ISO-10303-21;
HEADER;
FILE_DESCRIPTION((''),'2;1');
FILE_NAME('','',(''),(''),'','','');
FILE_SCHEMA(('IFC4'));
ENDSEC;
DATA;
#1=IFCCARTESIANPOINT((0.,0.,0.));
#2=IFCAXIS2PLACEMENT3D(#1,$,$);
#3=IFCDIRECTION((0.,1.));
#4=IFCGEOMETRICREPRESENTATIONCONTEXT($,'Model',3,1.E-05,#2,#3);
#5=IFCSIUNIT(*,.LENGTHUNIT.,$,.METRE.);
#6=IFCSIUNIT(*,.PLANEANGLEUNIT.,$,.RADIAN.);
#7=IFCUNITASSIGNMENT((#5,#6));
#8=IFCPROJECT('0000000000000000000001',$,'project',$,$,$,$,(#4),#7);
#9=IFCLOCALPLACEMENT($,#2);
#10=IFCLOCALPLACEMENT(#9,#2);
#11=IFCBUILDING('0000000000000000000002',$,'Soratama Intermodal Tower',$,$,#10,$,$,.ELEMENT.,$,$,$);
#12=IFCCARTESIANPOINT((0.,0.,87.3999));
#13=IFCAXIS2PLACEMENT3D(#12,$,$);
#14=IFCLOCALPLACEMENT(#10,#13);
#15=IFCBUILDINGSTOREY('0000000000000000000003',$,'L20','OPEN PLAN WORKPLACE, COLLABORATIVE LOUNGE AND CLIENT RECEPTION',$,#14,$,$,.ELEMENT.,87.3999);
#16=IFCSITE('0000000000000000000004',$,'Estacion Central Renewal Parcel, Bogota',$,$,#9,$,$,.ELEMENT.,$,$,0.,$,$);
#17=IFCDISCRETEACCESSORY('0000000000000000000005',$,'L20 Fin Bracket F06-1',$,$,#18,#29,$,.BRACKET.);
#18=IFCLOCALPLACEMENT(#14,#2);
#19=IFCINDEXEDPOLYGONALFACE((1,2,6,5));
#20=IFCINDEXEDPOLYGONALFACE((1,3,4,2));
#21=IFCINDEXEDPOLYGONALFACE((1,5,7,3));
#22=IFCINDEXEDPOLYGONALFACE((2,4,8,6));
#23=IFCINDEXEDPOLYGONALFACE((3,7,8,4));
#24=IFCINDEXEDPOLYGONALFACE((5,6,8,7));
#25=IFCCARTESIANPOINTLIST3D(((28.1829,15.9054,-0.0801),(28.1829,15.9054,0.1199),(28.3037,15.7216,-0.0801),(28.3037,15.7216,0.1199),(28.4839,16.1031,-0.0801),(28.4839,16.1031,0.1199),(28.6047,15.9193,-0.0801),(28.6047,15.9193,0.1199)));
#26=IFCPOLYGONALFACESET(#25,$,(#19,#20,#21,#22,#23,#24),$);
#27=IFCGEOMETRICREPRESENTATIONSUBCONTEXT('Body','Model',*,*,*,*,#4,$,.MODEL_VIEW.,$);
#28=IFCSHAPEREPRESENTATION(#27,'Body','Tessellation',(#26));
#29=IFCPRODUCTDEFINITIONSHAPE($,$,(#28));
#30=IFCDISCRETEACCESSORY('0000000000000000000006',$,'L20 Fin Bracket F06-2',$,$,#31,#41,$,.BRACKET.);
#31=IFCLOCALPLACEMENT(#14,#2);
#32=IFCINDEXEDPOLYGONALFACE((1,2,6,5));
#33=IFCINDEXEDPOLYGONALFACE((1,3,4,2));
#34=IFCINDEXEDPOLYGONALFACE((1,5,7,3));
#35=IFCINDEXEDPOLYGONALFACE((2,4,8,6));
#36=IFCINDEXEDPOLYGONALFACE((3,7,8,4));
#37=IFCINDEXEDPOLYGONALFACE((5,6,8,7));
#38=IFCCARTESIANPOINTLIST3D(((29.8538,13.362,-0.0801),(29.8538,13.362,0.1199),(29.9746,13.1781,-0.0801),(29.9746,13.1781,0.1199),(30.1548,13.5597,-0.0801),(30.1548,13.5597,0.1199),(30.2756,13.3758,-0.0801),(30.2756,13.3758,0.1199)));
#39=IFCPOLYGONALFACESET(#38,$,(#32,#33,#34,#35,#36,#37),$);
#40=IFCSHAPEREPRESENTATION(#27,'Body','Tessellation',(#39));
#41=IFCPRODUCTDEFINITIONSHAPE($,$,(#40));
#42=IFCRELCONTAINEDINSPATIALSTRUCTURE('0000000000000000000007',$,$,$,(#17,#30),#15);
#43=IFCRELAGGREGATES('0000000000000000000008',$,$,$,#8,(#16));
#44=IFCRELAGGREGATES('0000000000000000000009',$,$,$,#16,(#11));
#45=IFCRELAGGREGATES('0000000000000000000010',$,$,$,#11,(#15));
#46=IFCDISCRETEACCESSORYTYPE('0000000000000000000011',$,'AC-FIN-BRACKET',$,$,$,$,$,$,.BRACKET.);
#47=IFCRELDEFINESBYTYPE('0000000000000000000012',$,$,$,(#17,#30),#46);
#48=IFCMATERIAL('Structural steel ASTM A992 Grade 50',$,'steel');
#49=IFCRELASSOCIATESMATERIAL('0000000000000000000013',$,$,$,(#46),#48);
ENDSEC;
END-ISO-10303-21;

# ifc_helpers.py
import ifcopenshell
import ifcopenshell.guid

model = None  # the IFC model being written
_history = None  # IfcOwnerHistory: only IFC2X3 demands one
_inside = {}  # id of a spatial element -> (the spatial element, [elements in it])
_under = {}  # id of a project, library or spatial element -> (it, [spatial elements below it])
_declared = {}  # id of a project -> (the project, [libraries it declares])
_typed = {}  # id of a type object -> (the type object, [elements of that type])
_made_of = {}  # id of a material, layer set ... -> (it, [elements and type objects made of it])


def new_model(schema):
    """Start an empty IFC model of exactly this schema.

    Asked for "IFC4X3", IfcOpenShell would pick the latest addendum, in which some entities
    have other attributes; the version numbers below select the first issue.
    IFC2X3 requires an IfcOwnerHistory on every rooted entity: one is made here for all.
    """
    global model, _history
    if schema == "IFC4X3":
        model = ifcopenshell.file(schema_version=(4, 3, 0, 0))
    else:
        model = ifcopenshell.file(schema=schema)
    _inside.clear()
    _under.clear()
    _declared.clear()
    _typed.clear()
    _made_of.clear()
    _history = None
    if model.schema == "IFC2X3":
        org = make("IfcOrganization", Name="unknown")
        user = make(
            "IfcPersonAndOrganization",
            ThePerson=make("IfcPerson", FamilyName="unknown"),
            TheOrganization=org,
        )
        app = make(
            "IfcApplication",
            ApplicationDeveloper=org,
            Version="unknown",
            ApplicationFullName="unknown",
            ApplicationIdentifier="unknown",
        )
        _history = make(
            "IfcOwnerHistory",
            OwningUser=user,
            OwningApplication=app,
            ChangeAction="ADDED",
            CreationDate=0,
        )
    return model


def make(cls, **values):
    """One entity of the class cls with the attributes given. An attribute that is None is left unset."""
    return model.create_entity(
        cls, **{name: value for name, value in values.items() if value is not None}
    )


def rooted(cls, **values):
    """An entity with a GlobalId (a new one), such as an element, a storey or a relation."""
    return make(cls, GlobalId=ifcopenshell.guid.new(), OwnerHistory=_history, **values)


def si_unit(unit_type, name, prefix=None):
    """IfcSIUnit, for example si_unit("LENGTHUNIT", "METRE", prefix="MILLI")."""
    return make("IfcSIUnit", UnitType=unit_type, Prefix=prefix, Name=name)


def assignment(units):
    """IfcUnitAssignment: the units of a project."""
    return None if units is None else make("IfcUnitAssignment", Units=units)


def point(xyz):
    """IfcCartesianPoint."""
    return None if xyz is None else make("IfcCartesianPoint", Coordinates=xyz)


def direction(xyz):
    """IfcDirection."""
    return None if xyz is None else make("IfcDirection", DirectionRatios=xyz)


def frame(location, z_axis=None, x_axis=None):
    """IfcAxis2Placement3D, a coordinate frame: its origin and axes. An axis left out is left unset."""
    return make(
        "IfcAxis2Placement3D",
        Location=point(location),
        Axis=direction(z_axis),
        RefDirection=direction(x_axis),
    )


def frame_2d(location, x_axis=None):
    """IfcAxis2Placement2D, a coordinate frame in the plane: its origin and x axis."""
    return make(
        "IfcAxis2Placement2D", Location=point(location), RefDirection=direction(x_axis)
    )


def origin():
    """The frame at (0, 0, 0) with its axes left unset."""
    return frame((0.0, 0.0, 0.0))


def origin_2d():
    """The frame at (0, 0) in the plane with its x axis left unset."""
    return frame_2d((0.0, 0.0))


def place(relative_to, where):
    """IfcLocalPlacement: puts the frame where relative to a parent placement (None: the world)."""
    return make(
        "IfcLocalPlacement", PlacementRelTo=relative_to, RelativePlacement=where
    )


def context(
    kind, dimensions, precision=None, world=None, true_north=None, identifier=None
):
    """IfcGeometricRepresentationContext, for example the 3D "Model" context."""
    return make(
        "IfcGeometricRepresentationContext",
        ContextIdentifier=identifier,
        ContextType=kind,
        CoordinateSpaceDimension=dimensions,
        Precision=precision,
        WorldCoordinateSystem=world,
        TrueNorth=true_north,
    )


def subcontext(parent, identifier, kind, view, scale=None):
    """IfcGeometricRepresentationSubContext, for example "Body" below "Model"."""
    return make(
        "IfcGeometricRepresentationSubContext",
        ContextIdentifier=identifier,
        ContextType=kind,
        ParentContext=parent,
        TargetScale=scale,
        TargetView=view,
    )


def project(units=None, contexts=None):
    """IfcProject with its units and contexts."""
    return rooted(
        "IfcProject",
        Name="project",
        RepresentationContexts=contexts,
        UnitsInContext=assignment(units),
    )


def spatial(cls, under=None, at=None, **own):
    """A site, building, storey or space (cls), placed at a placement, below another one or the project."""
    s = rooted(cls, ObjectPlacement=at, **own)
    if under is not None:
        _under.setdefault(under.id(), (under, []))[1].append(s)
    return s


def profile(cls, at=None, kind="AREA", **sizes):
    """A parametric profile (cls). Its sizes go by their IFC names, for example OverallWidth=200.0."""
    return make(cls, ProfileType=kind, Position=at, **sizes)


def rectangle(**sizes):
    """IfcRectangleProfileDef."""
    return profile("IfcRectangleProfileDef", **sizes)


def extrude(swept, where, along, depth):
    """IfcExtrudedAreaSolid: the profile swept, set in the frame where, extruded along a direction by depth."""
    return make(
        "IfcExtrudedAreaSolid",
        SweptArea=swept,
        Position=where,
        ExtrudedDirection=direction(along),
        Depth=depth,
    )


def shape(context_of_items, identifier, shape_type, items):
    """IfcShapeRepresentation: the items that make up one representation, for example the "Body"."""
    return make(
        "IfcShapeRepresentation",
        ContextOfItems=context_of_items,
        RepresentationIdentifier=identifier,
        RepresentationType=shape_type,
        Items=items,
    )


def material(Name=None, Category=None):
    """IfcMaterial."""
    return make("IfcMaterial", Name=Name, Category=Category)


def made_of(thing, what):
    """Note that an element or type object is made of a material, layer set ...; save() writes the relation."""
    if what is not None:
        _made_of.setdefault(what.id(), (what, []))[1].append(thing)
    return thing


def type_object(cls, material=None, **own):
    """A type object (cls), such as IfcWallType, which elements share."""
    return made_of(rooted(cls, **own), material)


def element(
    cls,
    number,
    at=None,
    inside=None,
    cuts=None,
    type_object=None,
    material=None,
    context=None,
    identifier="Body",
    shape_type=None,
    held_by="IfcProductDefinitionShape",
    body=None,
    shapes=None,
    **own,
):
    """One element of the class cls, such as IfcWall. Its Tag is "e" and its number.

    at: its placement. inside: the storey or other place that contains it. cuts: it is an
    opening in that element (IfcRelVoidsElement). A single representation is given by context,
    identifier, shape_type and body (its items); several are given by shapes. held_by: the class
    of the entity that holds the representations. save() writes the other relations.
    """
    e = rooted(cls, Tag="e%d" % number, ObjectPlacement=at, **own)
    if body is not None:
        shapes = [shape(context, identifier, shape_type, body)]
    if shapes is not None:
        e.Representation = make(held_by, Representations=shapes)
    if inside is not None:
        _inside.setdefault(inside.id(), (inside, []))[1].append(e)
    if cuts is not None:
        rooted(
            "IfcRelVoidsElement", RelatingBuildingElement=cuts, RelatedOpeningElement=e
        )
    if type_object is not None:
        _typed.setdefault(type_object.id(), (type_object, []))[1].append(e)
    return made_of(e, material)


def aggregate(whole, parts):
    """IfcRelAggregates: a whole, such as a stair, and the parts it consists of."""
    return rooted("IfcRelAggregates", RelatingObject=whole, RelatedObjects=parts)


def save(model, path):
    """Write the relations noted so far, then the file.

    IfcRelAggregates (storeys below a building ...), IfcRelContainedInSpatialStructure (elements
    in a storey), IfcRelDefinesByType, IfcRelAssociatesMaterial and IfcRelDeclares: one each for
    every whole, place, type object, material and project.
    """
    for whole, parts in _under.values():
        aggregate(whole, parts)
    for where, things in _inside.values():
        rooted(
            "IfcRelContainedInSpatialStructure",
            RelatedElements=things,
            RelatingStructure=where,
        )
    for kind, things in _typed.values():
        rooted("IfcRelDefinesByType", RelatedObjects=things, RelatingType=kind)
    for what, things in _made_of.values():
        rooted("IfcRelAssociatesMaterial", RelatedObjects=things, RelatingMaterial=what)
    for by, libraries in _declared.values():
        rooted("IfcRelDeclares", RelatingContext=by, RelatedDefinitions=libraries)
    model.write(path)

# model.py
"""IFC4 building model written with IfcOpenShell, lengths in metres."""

from ifc_helpers import new_model, si_unit, direction, frame, origin, origin_2d, place, context, subcontext, project, spatial, rectangle, extrude, material, type_object, element, save


model = new_model("IFC4")

# Units and contexts
model_context = context("Model", 3, precision=1e-05, world=origin(), true_north=direction((0.0, 1.0)))
body_context = subcontext(model_context, "Body", "Model", "MODEL_VIEW")
ifc_project = project(units=[si_unit("LENGTHUNIT", "METRE"), si_unit("PLANEANGLEUNIT", "RADIAN")], contexts=[model_context])

# Site, building, storey
site_placement = place(None, origin())
site = spatial("IfcSite", under=ifc_project, at=site_placement, Name="Estacion Central Renewal Parcel, Bogota", CompositionType="ELEMENT", RefElevation=0.0)
building_placement = place(site_placement, origin())
building = spatial("IfcBuilding", under=site, at=building_placement, Name="Soratama Intermodal Tower", CompositionType="ELEMENT")
storey_placement = place(building_placement, frame((0.0, 0.0, 87.3999)))
storey = spatial("IfcBuildingStorey", under=building, at=storey_placement, Name="L20", Description="OPEN PLAN WORKPLACE, COLLABORATIVE LOUNGE AND CLIENT RECEPTION", CompositionType="ELEMENT", Elevation=87.3999)

# Discrete accessories
ifc_material_1 = material(Name="Structural steel ASTM A992 Grade 50", Category="steel")
discrete_accessory_type = type_object("IfcDiscreteAccessoryType", Name="AC-FIN-BRACKET", PredefinedType="BRACKET", material=ifc_material_1)
for number, where, z_axis, x_axis, name in (
    (1, (28.3938, 15.9124, -0.0801), (0.0, 0.0, 1.0), (-0.835807, -0.549023, 0.0), "L20 Fin Bracket F06-1"),
    (2, (30.0647, 13.3689, -0.0801), (0.0, 0.0, 1.0), (-0.835807, -0.549023, 0.0), "L20 Fin Bracket F06-2"),
):
    element("IfcDiscreteAccessory", number, at=place(storey_placement, frame(where, z_axis=z_axis, x_axis=x_axis)), inside=storey, type_object=discrete_accessory_type, Name=name, PredefinedType="BRACKET", context=body_context, shape_type="SweptSolid", body=[
        extrude(rectangle(XDim=0.3601, YDim=0.22, at=origin_2d()), origin(), (0.0, 0.0, 1.0), 0.2),
    ])

save(model, "model.ifc")
